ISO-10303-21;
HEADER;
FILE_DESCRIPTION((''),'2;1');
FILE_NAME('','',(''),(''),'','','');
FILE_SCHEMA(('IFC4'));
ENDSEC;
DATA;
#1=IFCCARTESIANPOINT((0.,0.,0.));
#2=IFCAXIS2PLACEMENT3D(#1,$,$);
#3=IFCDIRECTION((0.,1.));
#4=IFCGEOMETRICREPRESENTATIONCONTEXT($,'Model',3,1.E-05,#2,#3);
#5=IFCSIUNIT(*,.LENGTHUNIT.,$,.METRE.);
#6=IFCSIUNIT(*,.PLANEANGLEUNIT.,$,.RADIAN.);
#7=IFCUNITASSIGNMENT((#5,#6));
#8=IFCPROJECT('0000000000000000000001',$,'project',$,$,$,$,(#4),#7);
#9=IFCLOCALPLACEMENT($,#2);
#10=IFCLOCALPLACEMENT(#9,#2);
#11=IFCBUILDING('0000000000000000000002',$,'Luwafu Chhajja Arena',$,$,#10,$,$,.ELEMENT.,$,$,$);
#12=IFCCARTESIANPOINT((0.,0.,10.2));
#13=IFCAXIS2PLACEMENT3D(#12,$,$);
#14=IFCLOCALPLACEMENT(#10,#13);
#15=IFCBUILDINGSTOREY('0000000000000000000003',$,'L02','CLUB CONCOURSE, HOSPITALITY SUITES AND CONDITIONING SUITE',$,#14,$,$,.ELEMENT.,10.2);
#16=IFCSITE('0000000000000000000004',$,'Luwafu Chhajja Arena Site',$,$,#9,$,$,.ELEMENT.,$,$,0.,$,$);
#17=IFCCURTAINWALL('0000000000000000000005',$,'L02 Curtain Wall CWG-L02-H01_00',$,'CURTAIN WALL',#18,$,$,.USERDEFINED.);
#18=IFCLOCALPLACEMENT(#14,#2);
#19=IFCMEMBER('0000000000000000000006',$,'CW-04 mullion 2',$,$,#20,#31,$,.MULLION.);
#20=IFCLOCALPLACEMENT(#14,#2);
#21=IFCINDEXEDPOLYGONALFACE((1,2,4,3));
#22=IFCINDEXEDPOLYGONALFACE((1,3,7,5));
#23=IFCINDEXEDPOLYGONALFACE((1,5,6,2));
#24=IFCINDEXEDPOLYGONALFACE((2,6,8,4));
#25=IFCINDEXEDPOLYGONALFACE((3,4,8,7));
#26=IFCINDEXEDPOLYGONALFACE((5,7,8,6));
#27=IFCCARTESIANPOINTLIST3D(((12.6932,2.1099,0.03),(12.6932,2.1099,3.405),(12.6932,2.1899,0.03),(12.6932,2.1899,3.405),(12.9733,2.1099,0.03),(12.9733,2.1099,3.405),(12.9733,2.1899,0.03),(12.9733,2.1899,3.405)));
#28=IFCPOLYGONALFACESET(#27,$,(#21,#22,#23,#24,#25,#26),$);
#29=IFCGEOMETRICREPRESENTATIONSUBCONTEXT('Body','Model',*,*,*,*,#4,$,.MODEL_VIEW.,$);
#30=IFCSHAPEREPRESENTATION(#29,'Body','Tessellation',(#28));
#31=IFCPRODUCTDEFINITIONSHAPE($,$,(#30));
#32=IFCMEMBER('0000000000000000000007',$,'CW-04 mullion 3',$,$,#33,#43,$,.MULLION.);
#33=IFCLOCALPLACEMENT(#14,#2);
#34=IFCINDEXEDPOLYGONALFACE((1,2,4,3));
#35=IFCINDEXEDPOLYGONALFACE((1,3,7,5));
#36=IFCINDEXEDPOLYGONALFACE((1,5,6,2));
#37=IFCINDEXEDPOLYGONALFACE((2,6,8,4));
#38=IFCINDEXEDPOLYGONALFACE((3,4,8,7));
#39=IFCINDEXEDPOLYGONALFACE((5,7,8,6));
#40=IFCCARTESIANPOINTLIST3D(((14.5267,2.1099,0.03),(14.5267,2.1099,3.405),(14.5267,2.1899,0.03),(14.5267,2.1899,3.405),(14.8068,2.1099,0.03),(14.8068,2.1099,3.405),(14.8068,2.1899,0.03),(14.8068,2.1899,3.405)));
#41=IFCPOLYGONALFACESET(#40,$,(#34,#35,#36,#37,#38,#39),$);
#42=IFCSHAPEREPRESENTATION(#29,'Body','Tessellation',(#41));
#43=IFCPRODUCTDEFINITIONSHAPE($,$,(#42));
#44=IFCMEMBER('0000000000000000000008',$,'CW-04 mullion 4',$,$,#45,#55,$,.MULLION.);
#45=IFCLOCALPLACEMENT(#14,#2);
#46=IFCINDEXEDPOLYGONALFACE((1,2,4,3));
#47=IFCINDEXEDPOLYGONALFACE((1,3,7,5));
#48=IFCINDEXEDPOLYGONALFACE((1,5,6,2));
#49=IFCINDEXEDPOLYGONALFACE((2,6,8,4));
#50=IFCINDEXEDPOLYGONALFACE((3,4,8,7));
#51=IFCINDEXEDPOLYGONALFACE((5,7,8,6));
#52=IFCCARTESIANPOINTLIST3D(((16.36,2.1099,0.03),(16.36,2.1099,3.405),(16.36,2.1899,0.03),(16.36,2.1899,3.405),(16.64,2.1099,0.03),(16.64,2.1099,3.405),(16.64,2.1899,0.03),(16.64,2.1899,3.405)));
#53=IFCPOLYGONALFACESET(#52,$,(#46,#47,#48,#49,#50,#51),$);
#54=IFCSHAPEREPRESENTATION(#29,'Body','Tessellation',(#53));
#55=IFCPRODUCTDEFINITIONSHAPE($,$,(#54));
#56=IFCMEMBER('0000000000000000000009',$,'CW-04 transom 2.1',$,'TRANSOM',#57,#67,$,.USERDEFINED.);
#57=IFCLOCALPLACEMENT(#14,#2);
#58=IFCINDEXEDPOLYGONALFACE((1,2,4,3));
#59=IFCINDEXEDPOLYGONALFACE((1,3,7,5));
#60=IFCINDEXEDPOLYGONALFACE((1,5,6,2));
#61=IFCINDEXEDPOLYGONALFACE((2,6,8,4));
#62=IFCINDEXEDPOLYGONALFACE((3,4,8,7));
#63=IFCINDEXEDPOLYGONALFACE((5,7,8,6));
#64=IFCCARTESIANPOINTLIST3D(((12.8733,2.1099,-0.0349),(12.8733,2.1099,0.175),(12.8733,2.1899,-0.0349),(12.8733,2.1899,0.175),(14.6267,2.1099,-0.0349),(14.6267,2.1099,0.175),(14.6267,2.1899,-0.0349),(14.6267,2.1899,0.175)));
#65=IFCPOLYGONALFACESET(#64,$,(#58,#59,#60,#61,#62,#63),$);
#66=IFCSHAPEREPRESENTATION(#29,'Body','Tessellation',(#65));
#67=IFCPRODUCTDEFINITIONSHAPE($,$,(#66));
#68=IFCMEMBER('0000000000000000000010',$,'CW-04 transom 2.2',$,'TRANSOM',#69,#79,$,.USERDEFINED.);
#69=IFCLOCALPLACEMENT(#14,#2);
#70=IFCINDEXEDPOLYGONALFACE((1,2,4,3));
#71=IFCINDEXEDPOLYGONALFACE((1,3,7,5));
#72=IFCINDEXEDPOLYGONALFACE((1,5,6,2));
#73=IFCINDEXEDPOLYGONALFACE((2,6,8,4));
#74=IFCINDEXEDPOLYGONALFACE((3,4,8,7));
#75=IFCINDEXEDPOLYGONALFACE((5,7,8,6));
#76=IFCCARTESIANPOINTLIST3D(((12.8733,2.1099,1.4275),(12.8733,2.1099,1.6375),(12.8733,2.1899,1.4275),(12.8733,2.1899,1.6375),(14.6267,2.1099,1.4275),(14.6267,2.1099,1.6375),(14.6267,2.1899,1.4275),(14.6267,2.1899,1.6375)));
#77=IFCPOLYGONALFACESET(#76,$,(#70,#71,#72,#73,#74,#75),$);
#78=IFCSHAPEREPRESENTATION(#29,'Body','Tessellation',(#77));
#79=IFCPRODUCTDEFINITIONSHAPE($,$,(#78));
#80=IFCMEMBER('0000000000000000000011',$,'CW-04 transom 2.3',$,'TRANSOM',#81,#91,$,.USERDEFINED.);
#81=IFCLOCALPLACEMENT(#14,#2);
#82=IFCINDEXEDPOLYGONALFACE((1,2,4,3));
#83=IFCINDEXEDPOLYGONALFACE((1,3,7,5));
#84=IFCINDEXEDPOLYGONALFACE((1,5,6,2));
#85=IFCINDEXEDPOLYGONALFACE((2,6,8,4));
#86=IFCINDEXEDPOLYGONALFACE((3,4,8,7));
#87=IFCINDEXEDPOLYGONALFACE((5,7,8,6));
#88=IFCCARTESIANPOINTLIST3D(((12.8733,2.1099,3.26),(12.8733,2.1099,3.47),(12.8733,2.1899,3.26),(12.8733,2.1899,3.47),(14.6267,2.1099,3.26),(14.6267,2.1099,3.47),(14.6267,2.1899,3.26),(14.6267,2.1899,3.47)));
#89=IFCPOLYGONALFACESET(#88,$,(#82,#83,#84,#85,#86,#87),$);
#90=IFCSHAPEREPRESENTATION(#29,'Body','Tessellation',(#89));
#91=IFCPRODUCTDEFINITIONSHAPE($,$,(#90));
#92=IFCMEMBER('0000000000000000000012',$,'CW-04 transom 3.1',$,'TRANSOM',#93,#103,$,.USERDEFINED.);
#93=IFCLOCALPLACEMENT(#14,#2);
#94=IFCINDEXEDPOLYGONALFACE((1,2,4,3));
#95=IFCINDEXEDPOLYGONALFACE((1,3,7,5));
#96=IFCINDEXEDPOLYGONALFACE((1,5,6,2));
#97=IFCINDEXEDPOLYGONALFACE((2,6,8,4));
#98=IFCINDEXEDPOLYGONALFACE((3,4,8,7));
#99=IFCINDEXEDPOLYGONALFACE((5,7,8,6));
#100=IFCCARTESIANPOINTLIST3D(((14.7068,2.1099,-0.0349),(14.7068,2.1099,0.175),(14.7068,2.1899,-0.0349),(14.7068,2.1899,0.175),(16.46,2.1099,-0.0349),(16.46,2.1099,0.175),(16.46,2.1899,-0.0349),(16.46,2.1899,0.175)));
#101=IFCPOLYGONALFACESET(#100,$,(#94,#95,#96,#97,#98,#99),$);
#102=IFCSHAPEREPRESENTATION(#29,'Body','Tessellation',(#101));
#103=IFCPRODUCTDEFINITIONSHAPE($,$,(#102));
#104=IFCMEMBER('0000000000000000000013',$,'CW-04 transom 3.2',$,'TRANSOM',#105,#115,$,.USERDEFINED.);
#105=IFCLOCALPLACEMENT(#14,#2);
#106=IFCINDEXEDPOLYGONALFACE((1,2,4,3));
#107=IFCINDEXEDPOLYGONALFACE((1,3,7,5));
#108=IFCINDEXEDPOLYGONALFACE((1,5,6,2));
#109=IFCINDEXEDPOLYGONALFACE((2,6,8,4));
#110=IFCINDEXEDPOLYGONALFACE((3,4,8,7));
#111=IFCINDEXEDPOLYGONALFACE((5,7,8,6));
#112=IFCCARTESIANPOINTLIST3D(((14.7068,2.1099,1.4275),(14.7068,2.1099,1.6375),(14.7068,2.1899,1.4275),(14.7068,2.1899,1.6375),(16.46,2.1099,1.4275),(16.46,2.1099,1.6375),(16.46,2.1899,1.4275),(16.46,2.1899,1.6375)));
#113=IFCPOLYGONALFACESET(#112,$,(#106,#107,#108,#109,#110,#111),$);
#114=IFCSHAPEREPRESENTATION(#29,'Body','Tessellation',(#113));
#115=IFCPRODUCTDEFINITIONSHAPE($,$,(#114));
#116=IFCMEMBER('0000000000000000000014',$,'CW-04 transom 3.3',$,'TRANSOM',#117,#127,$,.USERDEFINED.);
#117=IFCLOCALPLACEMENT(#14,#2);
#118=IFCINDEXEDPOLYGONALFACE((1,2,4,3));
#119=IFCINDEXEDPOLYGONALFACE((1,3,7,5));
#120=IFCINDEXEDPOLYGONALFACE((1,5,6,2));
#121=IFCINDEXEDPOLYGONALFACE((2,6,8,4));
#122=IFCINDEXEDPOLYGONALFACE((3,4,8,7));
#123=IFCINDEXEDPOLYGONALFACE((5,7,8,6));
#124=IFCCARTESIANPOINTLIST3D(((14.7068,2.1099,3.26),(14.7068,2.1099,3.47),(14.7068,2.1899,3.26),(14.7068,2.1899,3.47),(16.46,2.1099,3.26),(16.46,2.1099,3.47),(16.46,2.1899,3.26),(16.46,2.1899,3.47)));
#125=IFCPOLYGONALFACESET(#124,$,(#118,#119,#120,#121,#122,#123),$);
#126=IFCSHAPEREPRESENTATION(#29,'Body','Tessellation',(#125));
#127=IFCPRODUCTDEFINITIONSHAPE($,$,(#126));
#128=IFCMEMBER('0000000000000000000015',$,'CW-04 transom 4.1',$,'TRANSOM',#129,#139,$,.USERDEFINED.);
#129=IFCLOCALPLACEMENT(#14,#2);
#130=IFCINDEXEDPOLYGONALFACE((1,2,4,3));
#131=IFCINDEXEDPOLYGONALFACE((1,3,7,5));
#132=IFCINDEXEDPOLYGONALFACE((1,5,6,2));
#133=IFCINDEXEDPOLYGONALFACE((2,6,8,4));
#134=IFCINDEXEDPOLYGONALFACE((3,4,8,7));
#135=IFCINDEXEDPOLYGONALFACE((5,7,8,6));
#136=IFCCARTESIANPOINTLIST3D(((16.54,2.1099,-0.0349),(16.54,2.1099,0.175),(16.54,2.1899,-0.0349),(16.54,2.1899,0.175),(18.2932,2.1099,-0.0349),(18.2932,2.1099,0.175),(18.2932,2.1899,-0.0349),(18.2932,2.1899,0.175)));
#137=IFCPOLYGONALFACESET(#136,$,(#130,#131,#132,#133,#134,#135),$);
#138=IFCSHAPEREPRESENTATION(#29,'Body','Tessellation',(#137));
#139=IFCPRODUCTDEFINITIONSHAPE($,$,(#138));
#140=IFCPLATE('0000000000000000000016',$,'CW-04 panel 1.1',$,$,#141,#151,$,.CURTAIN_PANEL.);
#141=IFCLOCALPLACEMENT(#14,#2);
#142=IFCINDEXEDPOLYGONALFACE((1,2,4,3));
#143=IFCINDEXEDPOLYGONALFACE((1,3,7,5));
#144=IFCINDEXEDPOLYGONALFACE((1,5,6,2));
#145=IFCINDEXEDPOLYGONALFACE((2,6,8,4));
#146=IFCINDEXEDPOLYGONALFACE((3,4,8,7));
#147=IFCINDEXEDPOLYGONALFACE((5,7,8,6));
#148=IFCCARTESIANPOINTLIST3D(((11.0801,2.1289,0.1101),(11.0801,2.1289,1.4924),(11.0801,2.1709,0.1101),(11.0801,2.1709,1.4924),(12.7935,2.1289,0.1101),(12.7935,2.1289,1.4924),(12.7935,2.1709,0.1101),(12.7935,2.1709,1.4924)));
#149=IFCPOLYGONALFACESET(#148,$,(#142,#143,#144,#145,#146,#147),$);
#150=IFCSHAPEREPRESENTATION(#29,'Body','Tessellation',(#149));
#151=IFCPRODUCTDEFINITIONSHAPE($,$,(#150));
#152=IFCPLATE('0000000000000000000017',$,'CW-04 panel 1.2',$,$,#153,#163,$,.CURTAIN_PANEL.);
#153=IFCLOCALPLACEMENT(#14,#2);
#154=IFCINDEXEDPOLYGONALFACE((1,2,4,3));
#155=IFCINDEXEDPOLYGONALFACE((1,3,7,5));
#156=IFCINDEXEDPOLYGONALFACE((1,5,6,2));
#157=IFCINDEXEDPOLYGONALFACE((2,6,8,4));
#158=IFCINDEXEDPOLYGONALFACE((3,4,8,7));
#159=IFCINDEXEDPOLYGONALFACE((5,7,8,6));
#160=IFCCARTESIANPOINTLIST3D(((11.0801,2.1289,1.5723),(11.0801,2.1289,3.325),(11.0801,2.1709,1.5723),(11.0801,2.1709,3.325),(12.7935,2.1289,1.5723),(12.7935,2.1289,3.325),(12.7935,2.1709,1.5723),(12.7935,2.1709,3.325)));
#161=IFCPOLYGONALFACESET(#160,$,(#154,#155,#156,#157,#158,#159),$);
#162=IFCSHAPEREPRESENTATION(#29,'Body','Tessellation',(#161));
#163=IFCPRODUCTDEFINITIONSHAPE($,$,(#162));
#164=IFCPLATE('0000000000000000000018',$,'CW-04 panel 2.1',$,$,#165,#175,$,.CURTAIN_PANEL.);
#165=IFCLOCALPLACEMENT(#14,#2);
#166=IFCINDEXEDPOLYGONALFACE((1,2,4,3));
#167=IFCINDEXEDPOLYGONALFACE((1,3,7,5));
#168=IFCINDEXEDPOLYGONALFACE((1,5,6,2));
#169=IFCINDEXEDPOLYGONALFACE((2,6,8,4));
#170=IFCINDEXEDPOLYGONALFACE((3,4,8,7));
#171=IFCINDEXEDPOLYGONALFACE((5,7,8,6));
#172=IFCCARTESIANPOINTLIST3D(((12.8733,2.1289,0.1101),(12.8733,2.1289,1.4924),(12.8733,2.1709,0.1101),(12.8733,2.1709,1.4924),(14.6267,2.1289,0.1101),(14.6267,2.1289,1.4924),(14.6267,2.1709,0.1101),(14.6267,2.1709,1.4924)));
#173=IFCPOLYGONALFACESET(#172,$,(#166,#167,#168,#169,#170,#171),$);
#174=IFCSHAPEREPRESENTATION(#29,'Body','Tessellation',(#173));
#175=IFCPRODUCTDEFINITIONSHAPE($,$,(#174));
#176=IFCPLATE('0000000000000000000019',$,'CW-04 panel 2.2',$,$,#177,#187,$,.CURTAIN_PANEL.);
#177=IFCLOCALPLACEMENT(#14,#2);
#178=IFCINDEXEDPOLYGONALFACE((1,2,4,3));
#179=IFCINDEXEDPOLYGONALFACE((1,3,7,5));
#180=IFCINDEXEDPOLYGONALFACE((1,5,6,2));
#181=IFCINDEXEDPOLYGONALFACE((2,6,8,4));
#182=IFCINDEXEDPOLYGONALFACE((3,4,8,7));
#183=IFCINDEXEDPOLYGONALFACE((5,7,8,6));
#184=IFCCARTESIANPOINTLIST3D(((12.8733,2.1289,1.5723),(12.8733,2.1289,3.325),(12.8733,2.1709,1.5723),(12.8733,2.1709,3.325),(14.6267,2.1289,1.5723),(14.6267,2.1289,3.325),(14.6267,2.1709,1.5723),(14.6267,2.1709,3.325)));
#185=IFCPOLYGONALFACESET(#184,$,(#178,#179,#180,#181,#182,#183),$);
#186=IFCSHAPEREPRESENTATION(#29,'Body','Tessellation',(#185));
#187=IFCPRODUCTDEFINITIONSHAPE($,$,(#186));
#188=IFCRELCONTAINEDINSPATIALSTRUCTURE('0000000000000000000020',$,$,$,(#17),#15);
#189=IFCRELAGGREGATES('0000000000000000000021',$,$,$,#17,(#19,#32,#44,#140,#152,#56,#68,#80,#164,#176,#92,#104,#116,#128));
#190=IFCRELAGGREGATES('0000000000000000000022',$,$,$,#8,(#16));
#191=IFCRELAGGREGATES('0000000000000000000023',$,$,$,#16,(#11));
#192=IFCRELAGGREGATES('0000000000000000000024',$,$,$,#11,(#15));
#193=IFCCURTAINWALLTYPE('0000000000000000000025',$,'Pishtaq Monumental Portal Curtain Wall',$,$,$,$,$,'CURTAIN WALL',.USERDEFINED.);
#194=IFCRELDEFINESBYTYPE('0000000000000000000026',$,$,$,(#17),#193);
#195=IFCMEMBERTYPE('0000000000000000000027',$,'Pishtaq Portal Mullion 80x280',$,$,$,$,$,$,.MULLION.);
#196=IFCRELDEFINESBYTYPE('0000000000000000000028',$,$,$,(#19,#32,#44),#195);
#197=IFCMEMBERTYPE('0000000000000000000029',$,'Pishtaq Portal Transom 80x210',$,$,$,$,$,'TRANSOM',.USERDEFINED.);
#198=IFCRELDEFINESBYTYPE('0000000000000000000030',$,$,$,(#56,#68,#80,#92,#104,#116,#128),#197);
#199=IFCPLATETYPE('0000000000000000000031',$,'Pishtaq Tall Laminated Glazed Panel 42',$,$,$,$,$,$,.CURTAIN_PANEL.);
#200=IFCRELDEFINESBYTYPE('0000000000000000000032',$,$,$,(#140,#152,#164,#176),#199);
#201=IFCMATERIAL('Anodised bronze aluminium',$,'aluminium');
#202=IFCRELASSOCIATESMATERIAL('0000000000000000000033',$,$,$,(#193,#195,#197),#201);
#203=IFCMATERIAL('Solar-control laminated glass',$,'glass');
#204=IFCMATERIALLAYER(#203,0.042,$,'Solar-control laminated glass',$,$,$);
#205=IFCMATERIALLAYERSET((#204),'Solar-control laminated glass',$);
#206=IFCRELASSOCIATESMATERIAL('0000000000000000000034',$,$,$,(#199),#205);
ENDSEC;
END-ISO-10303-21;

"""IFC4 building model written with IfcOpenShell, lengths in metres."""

from ifc_helpers import new_model, si_unit, direction, frame, origin, origin_2d, place, context, subcontext, project, spatial, rectangle, extrude, material, layer, layer_set, material_profile, profile_set, type_object, element, aggregate, save


model = new_model("IFC4")

# Units and contexts
model_context = context("Model", 3, precision=1e-05, world=origin(), true_north=direction((0.0, 1.0)))
body_context = subcontext(model_context, "Body", "Model", "MODEL_VIEW")
ifc_project = project(units=[si_unit("LENGTHUNIT", "METRE"), si_unit("PLANEANGLEUNIT", "RADIAN")], contexts=[model_context])

# Site, building, storey
site_placement = place(None, origin())
site = spatial("IfcSite", under=ifc_project, at=site_placement, Name="Luwafu Chhajja Arena Site", CompositionType="ELEMENT", RefElevation=0.0)
building_placement = place(site_placement, origin())
building = spatial("IfcBuilding", under=site, at=building_placement, Name="Luwafu Chhajja Arena", CompositionType="ELEMENT")
storey_placement = place(building_placement, frame((0.0, 0.0, 10.2)))
storey = spatial("IfcBuildingStorey", under=building, at=storey_placement, Name="L02", Description="CLUB CONCOURSE, HOSPITALITY SUITES AND CONDITIONING SUITE", CompositionType="ELEMENT", Elevation=10.2)

# Curtain wall, members, plates
ifc_material_1 = material(Name="Anodised bronze aluminium", Category="aluminium")
curtain_wall_type = type_object("IfcCurtainWallType", Name="Pishtaq Monumental Portal Curtain Wall", ElementType="CURTAIN WALL", PredefinedType="USERDEFINED", material=ifc_material_1)
curtain_wall_placement = place(storey_placement, origin())
curtain_wall = element("IfcCurtainWall", 1, at=curtain_wall_placement, inside=storey, type_object=curtain_wall_type, Name="L02 Curtain Wall CWG-L02-H01_00", ObjectType="CURTAIN WALL", PredefinedType="USERDEFINED")
ifc_material_profile_1 = material_profile(ifc_material_1, rectangle(XDim=0.0801, YDim=0.28, at=origin_2d()), Name="CWM 80x280")
ifc_profile_set_1 = profile_set([ifc_material_profile_1], Name="Anodised bronze aluminium")
member_type_1 = type_object("IfcMemberType", Name="Pishtaq Portal Mullion 80x280", PredefinedType="MULLION", material=ifc_profile_set_1)
member_1_placement = place(storey_placement, frame((12.8333, 2.1499, 0.03), z_axis=(0.0, 0.0, 1.0), x_axis=(0.0, 1.0, 0.0)))
member_1 = element("IfcMember", 2, at=member_1_placement, type_object=member_type_1, Name="CW-04 mullion 2", PredefinedType="MULLION", context=body_context, shape_type="SweptSolid", body=[
    extrude(rectangle(XDim=0.0801, YDim=0.28, at=origin_2d()), origin(), (0.0, 0.0, 1.0), 3.375),
])
member_2_placement = place(storey_placement, frame((14.6667, 2.1499, 0.03), z_axis=(0.0, 0.0, 1.0), x_axis=(0.0, 1.0, 0.0)))
member_2 = element("IfcMember", 3, at=member_2_placement, type_object=member_type_1, Name="CW-04 mullion 3", PredefinedType="MULLION", context=body_context, shape_type="SweptSolid", body=[
    extrude(rectangle(XDim=0.0801, YDim=0.28, at=origin_2d()), origin(), (0.0, 0.0, 1.0), 3.375),
])
member_3_placement = place(storey_placement, frame((16.5, 2.1499, 0.03), z_axis=(0.0, 0.0, 1.0), x_axis=(0.0, 1.0, 0.0)))
member_3 = element("IfcMember", 4, at=member_3_placement, type_object=member_type_1, Name="CW-04 mullion 4", PredefinedType="MULLION", context=body_context, shape_type="SweptSolid", body=[
    extrude(rectangle(XDim=0.0801, YDim=0.28, at=origin_2d()), origin(), (0.0, 0.0, 1.0), 3.375),
])
ifc_material_profile_2 = material_profile(ifc_material_1, rectangle(XDim=0.0801, YDim=0.21, at=origin_2d()), Name="CWT 80x210")
ifc_profile_set_2 = profile_set([ifc_material_profile_2], Name="Anodised bronze aluminium")
member_type_2 = type_object("IfcMemberType", Name="Pishtaq Portal Transom 80x210", ElementType="TRANSOM", PredefinedType="USERDEFINED", material=ifc_profile_set_2)
member_4_placement = place(storey_placement, frame((12.8733, 2.1499, 0.0701), z_axis=(1.0, 0.0, 0.0), x_axis=(0.0, 1.0, 0.0)))
member_4 = element("IfcMember", 5, at=member_4_placement, type_object=member_type_2, Name="CW-04 transom 2.1", ObjectType="TRANSOM", PredefinedType="USERDEFINED", context=body_context, shape_type="SweptSolid", body=[
    extrude(rectangle(XDim=0.0801, YDim=0.21, at=origin_2d()), origin(), (0.0, 0.0, 1.0), 1.7534),
])
member_5_placement = place(storey_placement, frame((12.8733, 2.1499, 1.5325), z_axis=(1.0, 0.0, 0.0), x_axis=(0.0, 1.0, 0.0)))
member_5 = element("IfcMember", 6, at=member_5_placement, type_object=member_type_2, Name="CW-04 transom 2.2", ObjectType="TRANSOM", PredefinedType="USERDEFINED", context=body_context, shape_type="SweptSolid", body=[
    extrude(rectangle(XDim=0.0801, YDim=0.21, at=origin_2d()), origin(), (0.0, 0.0, 1.0), 1.7534),
])
member_6_placement = place(storey_placement, frame((12.8733, 2.1499, 3.365), z_axis=(1.0, 0.0, 0.0), x_axis=(0.0, 1.0, 0.0)))
member_6 = element("IfcMember", 7, at=member_6_placement, type_object=member_type_2, Name="CW-04 transom 2.3", ObjectType="TRANSOM", PredefinedType="USERDEFINED", context=body_context, shape_type="SweptSolid", body=[
    extrude(rectangle(XDim=0.0801, YDim=0.21, at=origin_2d()), origin(), (0.0, 0.0, 1.0), 1.7534),
])
member_7_placement = place(storey_placement, frame((14.7068, 2.1499, 0.0701), z_axis=(1.0, 0.0, 0.0), x_axis=(0.0, 1.0, 0.0)))
member_7 = element("IfcMember", 8, at=member_7_placement, type_object=member_type_2, Name="CW-04 transom 3.1", ObjectType="TRANSOM", PredefinedType="USERDEFINED", context=body_context, shape_type="SweptSolid", body=[
    extrude(rectangle(XDim=0.0801, YDim=0.21, at=origin_2d()), origin(), (0.0, 0.0, 1.0), 1.7532),
])
member_8_placement = place(storey_placement, frame((14.7068, 2.1499, 1.5325), z_axis=(1.0, 0.0, 0.0), x_axis=(0.0, 1.0, 0.0)))
member_8 = element("IfcMember", 9, at=member_8_placement, type_object=member_type_2, Name="CW-04 transom 3.2", ObjectType="TRANSOM", PredefinedType="USERDEFINED", context=body_context, shape_type="SweptSolid", body=[
    extrude(rectangle(XDim=0.0801, YDim=0.21, at=origin_2d()), origin(), (0.0, 0.0, 1.0), 1.7532),
])
member_9_placement = place(storey_placement, frame((14.7068, 2.1499, 3.365), z_axis=(1.0, 0.0, 0.0), x_axis=(0.0, 1.0, 0.0)))
member_9 = element("IfcMember", 10, at=member_9_placement, type_object=member_type_2, Name="CW-04 transom 3.3", ObjectType="TRANSOM", PredefinedType="USERDEFINED", context=body_context, shape_type="SweptSolid", body=[
    extrude(rectangle(XDim=0.0801, YDim=0.21, at=origin_2d()), origin(), (0.0, 0.0, 1.0), 1.7532),
])
member_10_placement = place(storey_placement, frame((16.54, 2.1499, 0.0701), z_axis=(1.0, 0.0, 0.0), x_axis=(0.0, 1.0, 0.0)))
member_10 = element("IfcMember", 11, at=member_10_placement, type_object=member_type_2, Name="CW-04 transom 4.1", ObjectType="TRANSOM", PredefinedType="USERDEFINED", context=body_context, shape_type="SweptSolid", body=[
    extrude(rectangle(XDim=0.0801, YDim=0.21, at=origin_2d()), origin(), (0.0, 0.0, 1.0), 1.7532),
])
ifc_material_2 = material(Name="Solar-control laminated glass", Category="glass")
ifc_layer_1 = layer(ifc_material_2, 0.042, Name="Solar-control laminated glass")
ifc_layer_set_1 = layer_set([ifc_layer_1], Name="Solar-control laminated glass")
plate_type = type_object("IfcPlateType", Name="Pishtaq Tall Laminated Glazed Panel 42", PredefinedType="CURTAIN_PANEL", material=ifc_layer_set_1)
plate_1_placement = place(storey_placement, frame((11.9368, 2.1499, 0.1101), z_axis=(0.0, 0.0, 1.0), x_axis=(1.0, 0.0, 0.0)))
plate_1 = element("IfcPlate", 12, at=plate_1_placement, type_object=plate_type, Name="CW-04 panel 1.1", PredefinedType="CURTAIN_PANEL", context=body_context, shape_type="SweptSolid", body=[
    extrude(rectangle(XDim=1.7134, YDim=0.042, at=origin_2d()), origin(), (0.0, 0.0, 1.0), 1.3823),
])
plate_2_placement = place(storey_placement, frame((11.9368, 2.1499, 1.5723), z_axis=(0.0, 0.0, 1.0), x_axis=(1.0, 0.0, 0.0)))
plate_2 = element("IfcPlate", 13, at=plate_2_placement, type_object=plate_type, Name="CW-04 panel 1.2", PredefinedType="CURTAIN_PANEL", context=body_context, shape_type="SweptSolid", body=[
    extrude(rectangle(XDim=1.7134, YDim=0.042, at=origin_2d()), origin(), (0.0, 0.0, 1.0), 1.7527),
])
plate_3_placement = place(storey_placement, frame((13.75, 2.1499, 0.1101), z_axis=(0.0, 0.0, 1.0), x_axis=(1.0, 0.0, 0.0)))
plate_3 = element("IfcPlate", 14, at=plate_3_placement, type_object=plate_type, Name="CW-04 panel 2.1", PredefinedType="CURTAIN_PANEL", context=body_context, shape_type="SweptSolid", body=[
    extrude(rectangle(XDim=1.7534, YDim=0.042, at=origin_2d()), origin(), (0.0, 0.0, 1.0), 1.3823),
])
plate_4_placement = place(storey_placement, frame((13.75, 2.1499, 1.5723), z_axis=(0.0, 0.0, 1.0), x_axis=(1.0, 0.0, 0.0)))
plate_4 = element("IfcPlate", 15, at=plate_4_placement, type_object=plate_type, Name="CW-04 panel 2.2", PredefinedType="CURTAIN_PANEL", context=body_context, shape_type="SweptSolid", body=[
    extrude(rectangle(XDim=1.7534, YDim=0.042, at=origin_2d()), origin(), (0.0, 0.0, 1.0), 1.7527),
])
aggregate(curtain_wall, [member_1, member_2, member_3, plate_1, plate_2, member_4, member_5, member_6, plate_3, plate_4, member_7, member_8, member_9, member_10])

save(model, "model.ifc")
